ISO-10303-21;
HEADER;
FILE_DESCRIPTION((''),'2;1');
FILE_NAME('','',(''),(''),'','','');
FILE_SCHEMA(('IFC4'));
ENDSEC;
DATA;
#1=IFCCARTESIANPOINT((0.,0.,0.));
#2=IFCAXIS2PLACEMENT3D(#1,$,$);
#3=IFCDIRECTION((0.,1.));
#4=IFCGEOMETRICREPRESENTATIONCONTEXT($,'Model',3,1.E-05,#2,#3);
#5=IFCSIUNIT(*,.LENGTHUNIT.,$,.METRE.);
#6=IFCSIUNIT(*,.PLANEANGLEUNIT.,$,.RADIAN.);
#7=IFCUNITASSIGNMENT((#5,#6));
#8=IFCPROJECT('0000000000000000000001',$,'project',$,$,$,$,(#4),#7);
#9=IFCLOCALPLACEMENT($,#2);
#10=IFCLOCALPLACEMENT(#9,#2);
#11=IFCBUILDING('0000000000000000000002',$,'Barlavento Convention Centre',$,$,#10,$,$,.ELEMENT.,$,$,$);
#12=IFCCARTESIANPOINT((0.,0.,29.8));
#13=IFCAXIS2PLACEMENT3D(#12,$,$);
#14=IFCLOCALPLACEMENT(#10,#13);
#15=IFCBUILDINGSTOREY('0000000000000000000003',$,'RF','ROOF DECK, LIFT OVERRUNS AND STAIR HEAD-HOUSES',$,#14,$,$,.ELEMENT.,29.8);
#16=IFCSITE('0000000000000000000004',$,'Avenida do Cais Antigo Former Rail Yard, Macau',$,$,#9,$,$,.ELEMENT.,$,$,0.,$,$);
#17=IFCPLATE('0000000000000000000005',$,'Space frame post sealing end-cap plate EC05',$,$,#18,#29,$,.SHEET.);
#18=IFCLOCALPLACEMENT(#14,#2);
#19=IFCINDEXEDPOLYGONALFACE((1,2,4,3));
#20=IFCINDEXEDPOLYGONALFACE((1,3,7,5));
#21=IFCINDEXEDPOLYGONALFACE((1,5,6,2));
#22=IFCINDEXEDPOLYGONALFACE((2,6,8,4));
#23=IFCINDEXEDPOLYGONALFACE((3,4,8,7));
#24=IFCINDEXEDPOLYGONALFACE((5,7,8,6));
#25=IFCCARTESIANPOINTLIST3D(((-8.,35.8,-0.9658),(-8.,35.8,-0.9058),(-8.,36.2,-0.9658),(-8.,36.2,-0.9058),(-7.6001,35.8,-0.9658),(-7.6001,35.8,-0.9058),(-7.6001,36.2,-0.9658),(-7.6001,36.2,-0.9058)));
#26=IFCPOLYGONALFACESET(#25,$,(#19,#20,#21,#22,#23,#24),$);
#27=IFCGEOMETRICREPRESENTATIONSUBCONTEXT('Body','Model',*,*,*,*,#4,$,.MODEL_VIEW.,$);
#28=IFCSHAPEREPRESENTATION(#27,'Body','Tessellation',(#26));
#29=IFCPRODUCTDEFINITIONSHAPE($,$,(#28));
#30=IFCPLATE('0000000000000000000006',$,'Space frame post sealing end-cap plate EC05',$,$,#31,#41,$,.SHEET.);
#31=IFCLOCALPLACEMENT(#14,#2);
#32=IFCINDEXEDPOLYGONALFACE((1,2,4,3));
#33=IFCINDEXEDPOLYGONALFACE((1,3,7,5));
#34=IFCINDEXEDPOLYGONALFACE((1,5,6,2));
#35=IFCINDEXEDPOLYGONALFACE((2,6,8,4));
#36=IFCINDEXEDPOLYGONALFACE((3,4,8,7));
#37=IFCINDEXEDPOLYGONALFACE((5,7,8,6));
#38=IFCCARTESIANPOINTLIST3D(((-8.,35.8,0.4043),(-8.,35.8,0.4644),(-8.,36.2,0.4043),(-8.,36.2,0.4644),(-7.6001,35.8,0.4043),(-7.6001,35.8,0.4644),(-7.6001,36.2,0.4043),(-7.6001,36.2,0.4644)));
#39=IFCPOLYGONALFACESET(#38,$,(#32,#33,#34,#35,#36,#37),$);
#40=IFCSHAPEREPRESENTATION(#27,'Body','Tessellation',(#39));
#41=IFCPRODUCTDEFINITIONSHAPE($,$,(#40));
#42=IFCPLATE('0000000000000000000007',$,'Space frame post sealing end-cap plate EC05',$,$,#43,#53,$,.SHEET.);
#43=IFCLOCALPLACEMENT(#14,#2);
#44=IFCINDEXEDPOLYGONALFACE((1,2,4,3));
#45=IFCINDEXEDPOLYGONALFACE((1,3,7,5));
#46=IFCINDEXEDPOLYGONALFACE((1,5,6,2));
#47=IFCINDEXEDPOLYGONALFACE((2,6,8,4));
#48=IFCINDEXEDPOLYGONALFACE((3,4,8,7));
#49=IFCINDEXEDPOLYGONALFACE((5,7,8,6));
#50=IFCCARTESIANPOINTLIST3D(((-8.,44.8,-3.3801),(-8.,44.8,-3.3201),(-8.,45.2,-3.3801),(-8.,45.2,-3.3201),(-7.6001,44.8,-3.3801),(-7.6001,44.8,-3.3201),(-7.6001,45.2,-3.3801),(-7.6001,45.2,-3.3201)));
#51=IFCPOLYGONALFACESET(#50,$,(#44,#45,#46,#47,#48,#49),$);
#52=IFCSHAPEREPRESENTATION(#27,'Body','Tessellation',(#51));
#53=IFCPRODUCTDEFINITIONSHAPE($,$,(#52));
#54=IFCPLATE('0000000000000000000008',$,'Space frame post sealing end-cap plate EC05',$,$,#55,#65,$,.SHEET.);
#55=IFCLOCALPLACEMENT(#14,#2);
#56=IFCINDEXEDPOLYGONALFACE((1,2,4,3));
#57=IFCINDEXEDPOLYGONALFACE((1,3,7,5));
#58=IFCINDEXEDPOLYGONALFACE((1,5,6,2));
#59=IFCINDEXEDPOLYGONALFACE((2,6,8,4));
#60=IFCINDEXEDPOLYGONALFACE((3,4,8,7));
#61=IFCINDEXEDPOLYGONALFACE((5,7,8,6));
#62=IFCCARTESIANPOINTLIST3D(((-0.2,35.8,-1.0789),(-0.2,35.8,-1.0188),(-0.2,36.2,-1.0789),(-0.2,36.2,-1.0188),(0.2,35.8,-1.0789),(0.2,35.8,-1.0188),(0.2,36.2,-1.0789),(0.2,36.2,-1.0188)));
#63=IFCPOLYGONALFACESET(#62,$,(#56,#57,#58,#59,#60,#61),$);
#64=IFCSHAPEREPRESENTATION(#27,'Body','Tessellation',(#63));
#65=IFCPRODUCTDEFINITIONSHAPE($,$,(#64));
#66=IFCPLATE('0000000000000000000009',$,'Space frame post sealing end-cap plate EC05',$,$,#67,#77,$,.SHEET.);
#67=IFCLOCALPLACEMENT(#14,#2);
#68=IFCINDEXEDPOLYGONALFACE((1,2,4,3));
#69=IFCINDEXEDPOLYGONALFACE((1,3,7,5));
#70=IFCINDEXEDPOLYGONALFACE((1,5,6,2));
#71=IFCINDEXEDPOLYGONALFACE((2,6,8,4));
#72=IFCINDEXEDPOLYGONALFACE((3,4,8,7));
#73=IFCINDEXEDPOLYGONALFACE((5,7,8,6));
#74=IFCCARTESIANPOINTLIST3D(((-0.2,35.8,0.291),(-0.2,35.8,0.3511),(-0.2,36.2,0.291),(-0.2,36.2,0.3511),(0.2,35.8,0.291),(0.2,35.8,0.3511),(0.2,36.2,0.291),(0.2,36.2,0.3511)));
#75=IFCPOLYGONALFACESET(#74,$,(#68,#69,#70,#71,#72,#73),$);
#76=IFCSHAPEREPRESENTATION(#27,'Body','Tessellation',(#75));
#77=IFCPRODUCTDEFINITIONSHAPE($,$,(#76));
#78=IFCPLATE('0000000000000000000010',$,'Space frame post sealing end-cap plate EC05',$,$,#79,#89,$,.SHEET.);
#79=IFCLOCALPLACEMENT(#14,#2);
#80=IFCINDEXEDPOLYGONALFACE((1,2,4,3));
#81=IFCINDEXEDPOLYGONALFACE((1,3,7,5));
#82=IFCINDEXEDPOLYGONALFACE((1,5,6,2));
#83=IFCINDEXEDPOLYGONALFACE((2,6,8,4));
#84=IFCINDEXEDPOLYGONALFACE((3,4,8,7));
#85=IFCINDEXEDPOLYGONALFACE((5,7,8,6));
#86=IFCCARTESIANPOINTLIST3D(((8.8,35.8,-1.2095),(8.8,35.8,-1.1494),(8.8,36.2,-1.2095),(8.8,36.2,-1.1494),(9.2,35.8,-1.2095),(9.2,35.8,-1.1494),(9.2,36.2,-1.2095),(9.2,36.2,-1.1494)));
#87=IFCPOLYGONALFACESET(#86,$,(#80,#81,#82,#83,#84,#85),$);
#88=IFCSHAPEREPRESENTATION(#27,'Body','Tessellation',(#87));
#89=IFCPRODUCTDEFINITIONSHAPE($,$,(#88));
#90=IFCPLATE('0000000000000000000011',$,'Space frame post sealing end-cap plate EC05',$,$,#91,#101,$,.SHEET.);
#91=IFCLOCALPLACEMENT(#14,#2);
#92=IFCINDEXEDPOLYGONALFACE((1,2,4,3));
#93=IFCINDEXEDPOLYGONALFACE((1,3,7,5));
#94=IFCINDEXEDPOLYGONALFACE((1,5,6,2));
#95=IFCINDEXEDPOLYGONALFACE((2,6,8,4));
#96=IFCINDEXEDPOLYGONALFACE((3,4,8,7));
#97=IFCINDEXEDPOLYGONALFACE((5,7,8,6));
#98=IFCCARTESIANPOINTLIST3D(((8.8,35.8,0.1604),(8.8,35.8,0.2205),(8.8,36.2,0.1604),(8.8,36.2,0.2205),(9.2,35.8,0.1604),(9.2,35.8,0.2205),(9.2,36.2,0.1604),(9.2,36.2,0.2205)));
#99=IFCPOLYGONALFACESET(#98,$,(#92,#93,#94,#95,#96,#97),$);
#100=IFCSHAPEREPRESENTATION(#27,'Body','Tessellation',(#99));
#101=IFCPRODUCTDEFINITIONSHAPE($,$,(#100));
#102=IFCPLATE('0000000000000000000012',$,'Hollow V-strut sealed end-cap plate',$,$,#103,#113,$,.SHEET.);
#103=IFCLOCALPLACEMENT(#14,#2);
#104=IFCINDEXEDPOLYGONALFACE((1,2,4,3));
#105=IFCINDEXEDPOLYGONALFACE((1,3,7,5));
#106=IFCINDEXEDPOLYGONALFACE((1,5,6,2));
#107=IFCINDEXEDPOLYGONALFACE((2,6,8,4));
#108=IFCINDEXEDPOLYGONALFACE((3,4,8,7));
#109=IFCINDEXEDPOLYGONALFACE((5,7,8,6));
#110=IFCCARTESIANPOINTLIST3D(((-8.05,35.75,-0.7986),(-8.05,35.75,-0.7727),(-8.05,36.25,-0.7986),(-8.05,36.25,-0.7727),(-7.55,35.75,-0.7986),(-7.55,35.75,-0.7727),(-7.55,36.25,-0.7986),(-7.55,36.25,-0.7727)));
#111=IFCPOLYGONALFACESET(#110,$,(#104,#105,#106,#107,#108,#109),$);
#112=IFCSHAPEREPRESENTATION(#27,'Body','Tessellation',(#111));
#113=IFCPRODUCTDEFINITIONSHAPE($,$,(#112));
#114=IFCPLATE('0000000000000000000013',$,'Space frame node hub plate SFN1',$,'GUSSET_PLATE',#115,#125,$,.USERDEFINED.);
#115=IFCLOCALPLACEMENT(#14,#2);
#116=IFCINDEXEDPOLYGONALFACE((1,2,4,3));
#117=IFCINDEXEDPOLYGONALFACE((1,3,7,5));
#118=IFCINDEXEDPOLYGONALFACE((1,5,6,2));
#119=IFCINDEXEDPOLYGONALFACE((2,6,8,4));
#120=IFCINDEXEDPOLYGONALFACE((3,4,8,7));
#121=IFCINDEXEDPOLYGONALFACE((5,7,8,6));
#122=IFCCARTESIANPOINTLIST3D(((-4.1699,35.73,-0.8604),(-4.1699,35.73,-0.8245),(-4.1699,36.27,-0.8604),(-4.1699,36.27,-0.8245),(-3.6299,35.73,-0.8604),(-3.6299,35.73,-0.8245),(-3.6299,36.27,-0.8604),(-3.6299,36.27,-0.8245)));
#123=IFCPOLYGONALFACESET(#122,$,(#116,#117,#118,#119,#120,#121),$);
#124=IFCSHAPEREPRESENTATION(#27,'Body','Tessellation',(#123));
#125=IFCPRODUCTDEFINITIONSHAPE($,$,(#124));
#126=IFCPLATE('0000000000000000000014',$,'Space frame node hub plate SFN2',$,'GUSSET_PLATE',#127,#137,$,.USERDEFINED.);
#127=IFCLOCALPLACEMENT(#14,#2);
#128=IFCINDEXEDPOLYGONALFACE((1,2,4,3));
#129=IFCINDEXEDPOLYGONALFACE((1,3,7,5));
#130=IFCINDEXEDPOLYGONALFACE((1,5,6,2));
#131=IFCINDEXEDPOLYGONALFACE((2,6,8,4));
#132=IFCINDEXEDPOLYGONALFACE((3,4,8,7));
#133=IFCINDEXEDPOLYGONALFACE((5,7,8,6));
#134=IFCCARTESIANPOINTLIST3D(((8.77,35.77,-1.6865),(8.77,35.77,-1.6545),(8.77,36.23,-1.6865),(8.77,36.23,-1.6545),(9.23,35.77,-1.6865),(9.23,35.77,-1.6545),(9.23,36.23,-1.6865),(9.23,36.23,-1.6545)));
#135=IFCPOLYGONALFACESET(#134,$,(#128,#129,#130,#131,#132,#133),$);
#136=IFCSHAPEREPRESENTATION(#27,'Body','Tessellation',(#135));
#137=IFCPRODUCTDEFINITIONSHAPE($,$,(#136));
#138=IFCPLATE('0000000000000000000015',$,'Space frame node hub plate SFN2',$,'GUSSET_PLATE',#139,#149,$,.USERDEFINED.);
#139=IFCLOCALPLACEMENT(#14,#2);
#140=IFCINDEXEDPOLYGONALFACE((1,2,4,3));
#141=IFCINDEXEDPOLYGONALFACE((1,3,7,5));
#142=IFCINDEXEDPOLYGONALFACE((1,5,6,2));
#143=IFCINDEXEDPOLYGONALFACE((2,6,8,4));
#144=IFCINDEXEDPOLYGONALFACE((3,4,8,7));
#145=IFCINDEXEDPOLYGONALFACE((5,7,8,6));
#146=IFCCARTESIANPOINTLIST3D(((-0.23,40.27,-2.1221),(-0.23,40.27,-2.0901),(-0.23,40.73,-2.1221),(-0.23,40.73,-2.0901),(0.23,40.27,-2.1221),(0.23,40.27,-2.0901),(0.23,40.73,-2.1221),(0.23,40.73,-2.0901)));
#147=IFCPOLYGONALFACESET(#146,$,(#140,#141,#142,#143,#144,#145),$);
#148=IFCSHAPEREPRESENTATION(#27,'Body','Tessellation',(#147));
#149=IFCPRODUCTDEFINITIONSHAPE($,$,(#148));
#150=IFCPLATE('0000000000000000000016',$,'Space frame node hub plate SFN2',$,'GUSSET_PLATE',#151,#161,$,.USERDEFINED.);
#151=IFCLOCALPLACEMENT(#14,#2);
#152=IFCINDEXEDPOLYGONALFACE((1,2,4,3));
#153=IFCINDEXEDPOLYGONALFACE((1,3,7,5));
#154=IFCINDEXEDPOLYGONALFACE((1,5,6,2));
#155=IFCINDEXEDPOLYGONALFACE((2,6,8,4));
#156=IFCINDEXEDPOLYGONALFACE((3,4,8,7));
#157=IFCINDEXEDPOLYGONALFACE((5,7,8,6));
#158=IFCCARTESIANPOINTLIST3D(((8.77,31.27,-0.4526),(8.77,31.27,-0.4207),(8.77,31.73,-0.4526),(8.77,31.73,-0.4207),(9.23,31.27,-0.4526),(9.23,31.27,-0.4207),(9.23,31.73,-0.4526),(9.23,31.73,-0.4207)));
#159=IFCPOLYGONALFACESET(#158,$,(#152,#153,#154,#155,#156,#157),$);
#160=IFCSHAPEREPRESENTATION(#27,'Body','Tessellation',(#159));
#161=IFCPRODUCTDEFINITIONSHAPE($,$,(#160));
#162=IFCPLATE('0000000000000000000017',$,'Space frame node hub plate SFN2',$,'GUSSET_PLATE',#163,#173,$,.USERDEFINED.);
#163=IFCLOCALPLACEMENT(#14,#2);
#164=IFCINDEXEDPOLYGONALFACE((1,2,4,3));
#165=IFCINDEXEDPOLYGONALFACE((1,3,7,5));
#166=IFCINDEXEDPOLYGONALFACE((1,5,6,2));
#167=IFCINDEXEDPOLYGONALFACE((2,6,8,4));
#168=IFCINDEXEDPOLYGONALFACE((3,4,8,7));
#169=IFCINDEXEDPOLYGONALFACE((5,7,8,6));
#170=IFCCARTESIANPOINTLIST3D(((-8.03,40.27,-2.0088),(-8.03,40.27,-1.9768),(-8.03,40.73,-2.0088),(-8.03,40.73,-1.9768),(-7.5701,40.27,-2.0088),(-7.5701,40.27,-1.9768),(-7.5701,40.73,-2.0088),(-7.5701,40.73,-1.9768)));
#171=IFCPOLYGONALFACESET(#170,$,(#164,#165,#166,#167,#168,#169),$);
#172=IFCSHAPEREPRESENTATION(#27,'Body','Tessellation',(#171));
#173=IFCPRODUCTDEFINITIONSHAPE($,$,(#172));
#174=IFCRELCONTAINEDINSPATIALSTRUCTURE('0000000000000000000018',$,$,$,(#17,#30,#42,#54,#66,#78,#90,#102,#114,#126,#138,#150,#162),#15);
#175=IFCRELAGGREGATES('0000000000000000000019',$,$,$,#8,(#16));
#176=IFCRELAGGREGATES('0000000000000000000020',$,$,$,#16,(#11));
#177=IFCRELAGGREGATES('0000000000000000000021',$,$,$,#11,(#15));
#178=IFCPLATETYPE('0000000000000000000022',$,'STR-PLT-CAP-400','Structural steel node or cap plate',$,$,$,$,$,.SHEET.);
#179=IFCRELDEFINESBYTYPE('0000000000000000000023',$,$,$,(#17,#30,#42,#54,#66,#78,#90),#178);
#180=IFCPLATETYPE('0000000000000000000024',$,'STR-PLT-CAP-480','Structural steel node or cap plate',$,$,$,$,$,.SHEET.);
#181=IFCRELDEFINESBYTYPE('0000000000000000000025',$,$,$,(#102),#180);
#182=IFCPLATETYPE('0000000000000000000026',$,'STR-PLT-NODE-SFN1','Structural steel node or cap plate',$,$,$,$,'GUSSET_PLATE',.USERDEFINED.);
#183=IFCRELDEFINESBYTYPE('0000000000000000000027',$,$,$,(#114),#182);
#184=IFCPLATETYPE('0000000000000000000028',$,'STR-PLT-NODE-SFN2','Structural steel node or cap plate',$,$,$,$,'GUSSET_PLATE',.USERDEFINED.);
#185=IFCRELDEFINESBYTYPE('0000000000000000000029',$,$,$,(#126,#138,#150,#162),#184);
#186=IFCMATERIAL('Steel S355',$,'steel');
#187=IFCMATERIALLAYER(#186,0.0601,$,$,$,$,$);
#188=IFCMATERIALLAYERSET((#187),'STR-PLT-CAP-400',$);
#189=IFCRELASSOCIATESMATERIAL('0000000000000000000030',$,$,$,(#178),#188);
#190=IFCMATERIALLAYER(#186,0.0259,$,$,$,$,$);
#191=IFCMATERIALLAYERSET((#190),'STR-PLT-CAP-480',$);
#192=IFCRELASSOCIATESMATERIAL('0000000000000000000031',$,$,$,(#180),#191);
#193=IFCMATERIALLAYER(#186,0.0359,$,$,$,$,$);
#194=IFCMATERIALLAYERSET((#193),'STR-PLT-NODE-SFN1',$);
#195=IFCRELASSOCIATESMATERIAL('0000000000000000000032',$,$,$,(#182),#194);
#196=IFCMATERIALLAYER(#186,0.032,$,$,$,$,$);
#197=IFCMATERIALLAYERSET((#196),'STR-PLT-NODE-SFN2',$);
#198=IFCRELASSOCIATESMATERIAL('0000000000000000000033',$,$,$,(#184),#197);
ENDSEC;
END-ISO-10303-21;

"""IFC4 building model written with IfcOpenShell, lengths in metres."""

from ifc_helpers import new_model, si_unit, direction, frame, origin, origin_2d, place, context, subcontext, project, spatial, rectangle, extrude, material, layer, layer_set, type_object, element, save


model = new_model("IFC4")

# Units and contexts
model_context = context("Model", 3, precision=1e-05, world=origin(), true_north=direction((0.0, 1.0)))
body_context = subcontext(model_context, "Body", "Model", "MODEL_VIEW")
ifc_project = project(units=[si_unit("LENGTHUNIT", "METRE"), si_unit("PLANEANGLEUNIT", "RADIAN")], contexts=[model_context])

# Site, building, storey
site_placement = place(None, origin())
site = spatial("IfcSite", under=ifc_project, at=site_placement, Name="Avenida do Cais Antigo Former Rail Yard, Macau", CompositionType="ELEMENT", RefElevation=0.0)
building_placement = place(site_placement, origin())
building = spatial("IfcBuilding", under=site, at=building_placement, Name="Barlavento Convention Centre", CompositionType="ELEMENT")
storey_placement = place(building_placement, frame((0.0, 0.0, 29.8)))
storey = spatial("IfcBuildingStorey", under=building, at=storey_placement, Name="RF", Description="ROOF DECK, LIFT OVERRUNS AND STAIR HEAD-HOUSES", CompositionType="ELEMENT", Elevation=29.8)

# Shared definitions
ifc_material_1 = material(Name="Steel S355", Category="steel")

# Plates
ifc_layer_1 = layer(ifc_material_1, 0.0601)
ifc_layer_set_1 = layer_set([ifc_layer_1], Name="STR-PLT-CAP-400")
plate_type_1 = type_object("IfcPlateType", Name="STR-PLT-CAP-400", Description="Structural steel node or cap plate", PredefinedType="SHEET", material=ifc_layer_set_1)
for number, where, z_axis, x_axis, name in (
    (1, (-7.8, 36.0, -0.9658), (0.0, 0.0, 1.0), (1.0, 0.0, 0.0), "Space frame post sealing end-cap plate EC05"),
    (2, (-7.8, 36.0, 0.4043), (0.0, 0.0, 1.0), (1.0, 0.0, 0.0), "Space frame post sealing end-cap plate EC05"),
    (3, (-7.8, 45.0, -3.3801), (0.0, 0.0, 1.0), (1.0, 0.0, 0.0), "Space frame post sealing end-cap plate EC05"),
    (4, (0.0, 36.0, -1.0789), (0.0, 0.0, 1.0), (1.0, 0.0, 0.0), "Space frame post sealing end-cap plate EC05"),
    (5, (0.0, 36.0, 0.291), (0.0, 0.0, 1.0), (1.0, 0.0, 0.0), "Space frame post sealing end-cap plate EC05"),
    (6, (9.0, 36.0, -1.2095), (0.0, 0.0, 1.0), (1.0, 0.0, 0.0), "Space frame post sealing end-cap plate EC05"),
    (7, (9.0, 36.0, 0.1604), (0.0, 0.0, 1.0), (1.0, 0.0, 0.0), "Space frame post sealing end-cap plate EC05"),
):
    element("IfcPlate", number, at=place(storey_placement, frame(where, z_axis=z_axis, x_axis=x_axis)), inside=storey, type_object=plate_type_1, Name=name, PredefinedType="SHEET", context=body_context, shape_type="SweptSolid", body=[
        extrude(rectangle(XDim=0.3999, YDim=0.3999, at=origin_2d()), origin(), (0.0, 0.0, 1.0), 0.0601),
    ])
ifc_layer_2 = layer(ifc_material_1, 0.0259)
ifc_layer_set_2 = layer_set([ifc_layer_2], Name="STR-PLT-CAP-480")
plate_type_2 = type_object("IfcPlateType", Name="STR-PLT-CAP-480", Description="Structural steel node or cap plate", PredefinedType="SHEET", material=ifc_layer_set_2)
plate_1_placement = place(storey_placement, frame((-7.8, 36.0, -0.7986), z_axis=(0.0, 0.0, 1.0), x_axis=(1.0, 0.0, 0.0)))
element("IfcPlate", 8, at=plate_1_placement, inside=storey, type_object=plate_type_2, Name="Hollow V-strut sealed end-cap plate", PredefinedType="SHEET", context=body_context, shape_type="SweptSolid", body=[
    extrude(rectangle(XDim=0.5, YDim=0.5, at=origin_2d()), origin(), (0.0, 0.0, 1.0), 0.0259),
])
ifc_layer_3 = layer(ifc_material_1, 0.0359)
ifc_layer_set_3 = layer_set([ifc_layer_3], Name="STR-PLT-NODE-SFN1")
plate_type_3 = type_object("IfcPlateType", Name="STR-PLT-NODE-SFN1", Description="Structural steel node or cap plate", ElementType="GUSSET_PLATE", PredefinedType="USERDEFINED", material=ifc_layer_set_3)
plate_2_placement = place(storey_placement, frame((-3.8999, 36.0, -0.8604), z_axis=(0.0, 0.0, 1.0), x_axis=(1.0, 0.0, 0.0)))
element("IfcPlate", 9, at=plate_2_placement, inside=storey, type_object=plate_type_3, Name="Space frame node hub plate SFN1", ObjectType="GUSSET_PLATE", PredefinedType="USERDEFINED", context=body_context, shape_type="SweptSolid", body=[
    extrude(rectangle(XDim=0.54, YDim=0.54, at=origin_2d()), origin(), (0.0, 0.0, 1.0), 0.0359),
])
ifc_layer_4 = layer(ifc_material_1, 0.032)
ifc_layer_set_4 = layer_set([ifc_layer_4], Name="STR-PLT-NODE-SFN2")
plate_type_4 = type_object("IfcPlateType", Name="STR-PLT-NODE-SFN2", Description="Structural steel node or cap plate", ElementType="GUSSET_PLATE", PredefinedType="USERDEFINED", material=ifc_layer_set_4)
for number, where, z_axis, x_axis, name in (
    (10, (9.0, 36.0, -1.6865), (0.0, 0.0, 1.0), (1.0, 0.0, 0.0), "Space frame node hub plate SFN2"),
    (11, (0.0, 40.5, -2.1221), (0.0, 0.0, 1.0), (1.0, 0.0, 0.0), "Space frame node hub plate SFN2"),
    (12, (9.0, 31.5, -0.4526), (0.0, 0.0, 1.0), (1.0, 0.0, 0.0), "Space frame node hub plate SFN2"),
    (13, (-7.8, 40.5, -2.0088), (0.0, 0.0, 1.0), (1.0, 0.0, 0.0), "Space frame node hub plate SFN2"),
):
    element("IfcPlate", number, at=place(storey_placement, frame(where, z_axis=z_axis, x_axis=x_axis)), inside=storey, type_object=plate_type_4, Name=name, ObjectType="GUSSET_PLATE", PredefinedType="USERDEFINED", context=body_context, shape_type="SweptSolid", body=[
        extrude(rectangle(XDim=0.46, YDim=0.46, at=origin_2d()), origin(), (0.0, 0.0, 1.0), 0.032),
    ])

save(model, "model.ifc")
